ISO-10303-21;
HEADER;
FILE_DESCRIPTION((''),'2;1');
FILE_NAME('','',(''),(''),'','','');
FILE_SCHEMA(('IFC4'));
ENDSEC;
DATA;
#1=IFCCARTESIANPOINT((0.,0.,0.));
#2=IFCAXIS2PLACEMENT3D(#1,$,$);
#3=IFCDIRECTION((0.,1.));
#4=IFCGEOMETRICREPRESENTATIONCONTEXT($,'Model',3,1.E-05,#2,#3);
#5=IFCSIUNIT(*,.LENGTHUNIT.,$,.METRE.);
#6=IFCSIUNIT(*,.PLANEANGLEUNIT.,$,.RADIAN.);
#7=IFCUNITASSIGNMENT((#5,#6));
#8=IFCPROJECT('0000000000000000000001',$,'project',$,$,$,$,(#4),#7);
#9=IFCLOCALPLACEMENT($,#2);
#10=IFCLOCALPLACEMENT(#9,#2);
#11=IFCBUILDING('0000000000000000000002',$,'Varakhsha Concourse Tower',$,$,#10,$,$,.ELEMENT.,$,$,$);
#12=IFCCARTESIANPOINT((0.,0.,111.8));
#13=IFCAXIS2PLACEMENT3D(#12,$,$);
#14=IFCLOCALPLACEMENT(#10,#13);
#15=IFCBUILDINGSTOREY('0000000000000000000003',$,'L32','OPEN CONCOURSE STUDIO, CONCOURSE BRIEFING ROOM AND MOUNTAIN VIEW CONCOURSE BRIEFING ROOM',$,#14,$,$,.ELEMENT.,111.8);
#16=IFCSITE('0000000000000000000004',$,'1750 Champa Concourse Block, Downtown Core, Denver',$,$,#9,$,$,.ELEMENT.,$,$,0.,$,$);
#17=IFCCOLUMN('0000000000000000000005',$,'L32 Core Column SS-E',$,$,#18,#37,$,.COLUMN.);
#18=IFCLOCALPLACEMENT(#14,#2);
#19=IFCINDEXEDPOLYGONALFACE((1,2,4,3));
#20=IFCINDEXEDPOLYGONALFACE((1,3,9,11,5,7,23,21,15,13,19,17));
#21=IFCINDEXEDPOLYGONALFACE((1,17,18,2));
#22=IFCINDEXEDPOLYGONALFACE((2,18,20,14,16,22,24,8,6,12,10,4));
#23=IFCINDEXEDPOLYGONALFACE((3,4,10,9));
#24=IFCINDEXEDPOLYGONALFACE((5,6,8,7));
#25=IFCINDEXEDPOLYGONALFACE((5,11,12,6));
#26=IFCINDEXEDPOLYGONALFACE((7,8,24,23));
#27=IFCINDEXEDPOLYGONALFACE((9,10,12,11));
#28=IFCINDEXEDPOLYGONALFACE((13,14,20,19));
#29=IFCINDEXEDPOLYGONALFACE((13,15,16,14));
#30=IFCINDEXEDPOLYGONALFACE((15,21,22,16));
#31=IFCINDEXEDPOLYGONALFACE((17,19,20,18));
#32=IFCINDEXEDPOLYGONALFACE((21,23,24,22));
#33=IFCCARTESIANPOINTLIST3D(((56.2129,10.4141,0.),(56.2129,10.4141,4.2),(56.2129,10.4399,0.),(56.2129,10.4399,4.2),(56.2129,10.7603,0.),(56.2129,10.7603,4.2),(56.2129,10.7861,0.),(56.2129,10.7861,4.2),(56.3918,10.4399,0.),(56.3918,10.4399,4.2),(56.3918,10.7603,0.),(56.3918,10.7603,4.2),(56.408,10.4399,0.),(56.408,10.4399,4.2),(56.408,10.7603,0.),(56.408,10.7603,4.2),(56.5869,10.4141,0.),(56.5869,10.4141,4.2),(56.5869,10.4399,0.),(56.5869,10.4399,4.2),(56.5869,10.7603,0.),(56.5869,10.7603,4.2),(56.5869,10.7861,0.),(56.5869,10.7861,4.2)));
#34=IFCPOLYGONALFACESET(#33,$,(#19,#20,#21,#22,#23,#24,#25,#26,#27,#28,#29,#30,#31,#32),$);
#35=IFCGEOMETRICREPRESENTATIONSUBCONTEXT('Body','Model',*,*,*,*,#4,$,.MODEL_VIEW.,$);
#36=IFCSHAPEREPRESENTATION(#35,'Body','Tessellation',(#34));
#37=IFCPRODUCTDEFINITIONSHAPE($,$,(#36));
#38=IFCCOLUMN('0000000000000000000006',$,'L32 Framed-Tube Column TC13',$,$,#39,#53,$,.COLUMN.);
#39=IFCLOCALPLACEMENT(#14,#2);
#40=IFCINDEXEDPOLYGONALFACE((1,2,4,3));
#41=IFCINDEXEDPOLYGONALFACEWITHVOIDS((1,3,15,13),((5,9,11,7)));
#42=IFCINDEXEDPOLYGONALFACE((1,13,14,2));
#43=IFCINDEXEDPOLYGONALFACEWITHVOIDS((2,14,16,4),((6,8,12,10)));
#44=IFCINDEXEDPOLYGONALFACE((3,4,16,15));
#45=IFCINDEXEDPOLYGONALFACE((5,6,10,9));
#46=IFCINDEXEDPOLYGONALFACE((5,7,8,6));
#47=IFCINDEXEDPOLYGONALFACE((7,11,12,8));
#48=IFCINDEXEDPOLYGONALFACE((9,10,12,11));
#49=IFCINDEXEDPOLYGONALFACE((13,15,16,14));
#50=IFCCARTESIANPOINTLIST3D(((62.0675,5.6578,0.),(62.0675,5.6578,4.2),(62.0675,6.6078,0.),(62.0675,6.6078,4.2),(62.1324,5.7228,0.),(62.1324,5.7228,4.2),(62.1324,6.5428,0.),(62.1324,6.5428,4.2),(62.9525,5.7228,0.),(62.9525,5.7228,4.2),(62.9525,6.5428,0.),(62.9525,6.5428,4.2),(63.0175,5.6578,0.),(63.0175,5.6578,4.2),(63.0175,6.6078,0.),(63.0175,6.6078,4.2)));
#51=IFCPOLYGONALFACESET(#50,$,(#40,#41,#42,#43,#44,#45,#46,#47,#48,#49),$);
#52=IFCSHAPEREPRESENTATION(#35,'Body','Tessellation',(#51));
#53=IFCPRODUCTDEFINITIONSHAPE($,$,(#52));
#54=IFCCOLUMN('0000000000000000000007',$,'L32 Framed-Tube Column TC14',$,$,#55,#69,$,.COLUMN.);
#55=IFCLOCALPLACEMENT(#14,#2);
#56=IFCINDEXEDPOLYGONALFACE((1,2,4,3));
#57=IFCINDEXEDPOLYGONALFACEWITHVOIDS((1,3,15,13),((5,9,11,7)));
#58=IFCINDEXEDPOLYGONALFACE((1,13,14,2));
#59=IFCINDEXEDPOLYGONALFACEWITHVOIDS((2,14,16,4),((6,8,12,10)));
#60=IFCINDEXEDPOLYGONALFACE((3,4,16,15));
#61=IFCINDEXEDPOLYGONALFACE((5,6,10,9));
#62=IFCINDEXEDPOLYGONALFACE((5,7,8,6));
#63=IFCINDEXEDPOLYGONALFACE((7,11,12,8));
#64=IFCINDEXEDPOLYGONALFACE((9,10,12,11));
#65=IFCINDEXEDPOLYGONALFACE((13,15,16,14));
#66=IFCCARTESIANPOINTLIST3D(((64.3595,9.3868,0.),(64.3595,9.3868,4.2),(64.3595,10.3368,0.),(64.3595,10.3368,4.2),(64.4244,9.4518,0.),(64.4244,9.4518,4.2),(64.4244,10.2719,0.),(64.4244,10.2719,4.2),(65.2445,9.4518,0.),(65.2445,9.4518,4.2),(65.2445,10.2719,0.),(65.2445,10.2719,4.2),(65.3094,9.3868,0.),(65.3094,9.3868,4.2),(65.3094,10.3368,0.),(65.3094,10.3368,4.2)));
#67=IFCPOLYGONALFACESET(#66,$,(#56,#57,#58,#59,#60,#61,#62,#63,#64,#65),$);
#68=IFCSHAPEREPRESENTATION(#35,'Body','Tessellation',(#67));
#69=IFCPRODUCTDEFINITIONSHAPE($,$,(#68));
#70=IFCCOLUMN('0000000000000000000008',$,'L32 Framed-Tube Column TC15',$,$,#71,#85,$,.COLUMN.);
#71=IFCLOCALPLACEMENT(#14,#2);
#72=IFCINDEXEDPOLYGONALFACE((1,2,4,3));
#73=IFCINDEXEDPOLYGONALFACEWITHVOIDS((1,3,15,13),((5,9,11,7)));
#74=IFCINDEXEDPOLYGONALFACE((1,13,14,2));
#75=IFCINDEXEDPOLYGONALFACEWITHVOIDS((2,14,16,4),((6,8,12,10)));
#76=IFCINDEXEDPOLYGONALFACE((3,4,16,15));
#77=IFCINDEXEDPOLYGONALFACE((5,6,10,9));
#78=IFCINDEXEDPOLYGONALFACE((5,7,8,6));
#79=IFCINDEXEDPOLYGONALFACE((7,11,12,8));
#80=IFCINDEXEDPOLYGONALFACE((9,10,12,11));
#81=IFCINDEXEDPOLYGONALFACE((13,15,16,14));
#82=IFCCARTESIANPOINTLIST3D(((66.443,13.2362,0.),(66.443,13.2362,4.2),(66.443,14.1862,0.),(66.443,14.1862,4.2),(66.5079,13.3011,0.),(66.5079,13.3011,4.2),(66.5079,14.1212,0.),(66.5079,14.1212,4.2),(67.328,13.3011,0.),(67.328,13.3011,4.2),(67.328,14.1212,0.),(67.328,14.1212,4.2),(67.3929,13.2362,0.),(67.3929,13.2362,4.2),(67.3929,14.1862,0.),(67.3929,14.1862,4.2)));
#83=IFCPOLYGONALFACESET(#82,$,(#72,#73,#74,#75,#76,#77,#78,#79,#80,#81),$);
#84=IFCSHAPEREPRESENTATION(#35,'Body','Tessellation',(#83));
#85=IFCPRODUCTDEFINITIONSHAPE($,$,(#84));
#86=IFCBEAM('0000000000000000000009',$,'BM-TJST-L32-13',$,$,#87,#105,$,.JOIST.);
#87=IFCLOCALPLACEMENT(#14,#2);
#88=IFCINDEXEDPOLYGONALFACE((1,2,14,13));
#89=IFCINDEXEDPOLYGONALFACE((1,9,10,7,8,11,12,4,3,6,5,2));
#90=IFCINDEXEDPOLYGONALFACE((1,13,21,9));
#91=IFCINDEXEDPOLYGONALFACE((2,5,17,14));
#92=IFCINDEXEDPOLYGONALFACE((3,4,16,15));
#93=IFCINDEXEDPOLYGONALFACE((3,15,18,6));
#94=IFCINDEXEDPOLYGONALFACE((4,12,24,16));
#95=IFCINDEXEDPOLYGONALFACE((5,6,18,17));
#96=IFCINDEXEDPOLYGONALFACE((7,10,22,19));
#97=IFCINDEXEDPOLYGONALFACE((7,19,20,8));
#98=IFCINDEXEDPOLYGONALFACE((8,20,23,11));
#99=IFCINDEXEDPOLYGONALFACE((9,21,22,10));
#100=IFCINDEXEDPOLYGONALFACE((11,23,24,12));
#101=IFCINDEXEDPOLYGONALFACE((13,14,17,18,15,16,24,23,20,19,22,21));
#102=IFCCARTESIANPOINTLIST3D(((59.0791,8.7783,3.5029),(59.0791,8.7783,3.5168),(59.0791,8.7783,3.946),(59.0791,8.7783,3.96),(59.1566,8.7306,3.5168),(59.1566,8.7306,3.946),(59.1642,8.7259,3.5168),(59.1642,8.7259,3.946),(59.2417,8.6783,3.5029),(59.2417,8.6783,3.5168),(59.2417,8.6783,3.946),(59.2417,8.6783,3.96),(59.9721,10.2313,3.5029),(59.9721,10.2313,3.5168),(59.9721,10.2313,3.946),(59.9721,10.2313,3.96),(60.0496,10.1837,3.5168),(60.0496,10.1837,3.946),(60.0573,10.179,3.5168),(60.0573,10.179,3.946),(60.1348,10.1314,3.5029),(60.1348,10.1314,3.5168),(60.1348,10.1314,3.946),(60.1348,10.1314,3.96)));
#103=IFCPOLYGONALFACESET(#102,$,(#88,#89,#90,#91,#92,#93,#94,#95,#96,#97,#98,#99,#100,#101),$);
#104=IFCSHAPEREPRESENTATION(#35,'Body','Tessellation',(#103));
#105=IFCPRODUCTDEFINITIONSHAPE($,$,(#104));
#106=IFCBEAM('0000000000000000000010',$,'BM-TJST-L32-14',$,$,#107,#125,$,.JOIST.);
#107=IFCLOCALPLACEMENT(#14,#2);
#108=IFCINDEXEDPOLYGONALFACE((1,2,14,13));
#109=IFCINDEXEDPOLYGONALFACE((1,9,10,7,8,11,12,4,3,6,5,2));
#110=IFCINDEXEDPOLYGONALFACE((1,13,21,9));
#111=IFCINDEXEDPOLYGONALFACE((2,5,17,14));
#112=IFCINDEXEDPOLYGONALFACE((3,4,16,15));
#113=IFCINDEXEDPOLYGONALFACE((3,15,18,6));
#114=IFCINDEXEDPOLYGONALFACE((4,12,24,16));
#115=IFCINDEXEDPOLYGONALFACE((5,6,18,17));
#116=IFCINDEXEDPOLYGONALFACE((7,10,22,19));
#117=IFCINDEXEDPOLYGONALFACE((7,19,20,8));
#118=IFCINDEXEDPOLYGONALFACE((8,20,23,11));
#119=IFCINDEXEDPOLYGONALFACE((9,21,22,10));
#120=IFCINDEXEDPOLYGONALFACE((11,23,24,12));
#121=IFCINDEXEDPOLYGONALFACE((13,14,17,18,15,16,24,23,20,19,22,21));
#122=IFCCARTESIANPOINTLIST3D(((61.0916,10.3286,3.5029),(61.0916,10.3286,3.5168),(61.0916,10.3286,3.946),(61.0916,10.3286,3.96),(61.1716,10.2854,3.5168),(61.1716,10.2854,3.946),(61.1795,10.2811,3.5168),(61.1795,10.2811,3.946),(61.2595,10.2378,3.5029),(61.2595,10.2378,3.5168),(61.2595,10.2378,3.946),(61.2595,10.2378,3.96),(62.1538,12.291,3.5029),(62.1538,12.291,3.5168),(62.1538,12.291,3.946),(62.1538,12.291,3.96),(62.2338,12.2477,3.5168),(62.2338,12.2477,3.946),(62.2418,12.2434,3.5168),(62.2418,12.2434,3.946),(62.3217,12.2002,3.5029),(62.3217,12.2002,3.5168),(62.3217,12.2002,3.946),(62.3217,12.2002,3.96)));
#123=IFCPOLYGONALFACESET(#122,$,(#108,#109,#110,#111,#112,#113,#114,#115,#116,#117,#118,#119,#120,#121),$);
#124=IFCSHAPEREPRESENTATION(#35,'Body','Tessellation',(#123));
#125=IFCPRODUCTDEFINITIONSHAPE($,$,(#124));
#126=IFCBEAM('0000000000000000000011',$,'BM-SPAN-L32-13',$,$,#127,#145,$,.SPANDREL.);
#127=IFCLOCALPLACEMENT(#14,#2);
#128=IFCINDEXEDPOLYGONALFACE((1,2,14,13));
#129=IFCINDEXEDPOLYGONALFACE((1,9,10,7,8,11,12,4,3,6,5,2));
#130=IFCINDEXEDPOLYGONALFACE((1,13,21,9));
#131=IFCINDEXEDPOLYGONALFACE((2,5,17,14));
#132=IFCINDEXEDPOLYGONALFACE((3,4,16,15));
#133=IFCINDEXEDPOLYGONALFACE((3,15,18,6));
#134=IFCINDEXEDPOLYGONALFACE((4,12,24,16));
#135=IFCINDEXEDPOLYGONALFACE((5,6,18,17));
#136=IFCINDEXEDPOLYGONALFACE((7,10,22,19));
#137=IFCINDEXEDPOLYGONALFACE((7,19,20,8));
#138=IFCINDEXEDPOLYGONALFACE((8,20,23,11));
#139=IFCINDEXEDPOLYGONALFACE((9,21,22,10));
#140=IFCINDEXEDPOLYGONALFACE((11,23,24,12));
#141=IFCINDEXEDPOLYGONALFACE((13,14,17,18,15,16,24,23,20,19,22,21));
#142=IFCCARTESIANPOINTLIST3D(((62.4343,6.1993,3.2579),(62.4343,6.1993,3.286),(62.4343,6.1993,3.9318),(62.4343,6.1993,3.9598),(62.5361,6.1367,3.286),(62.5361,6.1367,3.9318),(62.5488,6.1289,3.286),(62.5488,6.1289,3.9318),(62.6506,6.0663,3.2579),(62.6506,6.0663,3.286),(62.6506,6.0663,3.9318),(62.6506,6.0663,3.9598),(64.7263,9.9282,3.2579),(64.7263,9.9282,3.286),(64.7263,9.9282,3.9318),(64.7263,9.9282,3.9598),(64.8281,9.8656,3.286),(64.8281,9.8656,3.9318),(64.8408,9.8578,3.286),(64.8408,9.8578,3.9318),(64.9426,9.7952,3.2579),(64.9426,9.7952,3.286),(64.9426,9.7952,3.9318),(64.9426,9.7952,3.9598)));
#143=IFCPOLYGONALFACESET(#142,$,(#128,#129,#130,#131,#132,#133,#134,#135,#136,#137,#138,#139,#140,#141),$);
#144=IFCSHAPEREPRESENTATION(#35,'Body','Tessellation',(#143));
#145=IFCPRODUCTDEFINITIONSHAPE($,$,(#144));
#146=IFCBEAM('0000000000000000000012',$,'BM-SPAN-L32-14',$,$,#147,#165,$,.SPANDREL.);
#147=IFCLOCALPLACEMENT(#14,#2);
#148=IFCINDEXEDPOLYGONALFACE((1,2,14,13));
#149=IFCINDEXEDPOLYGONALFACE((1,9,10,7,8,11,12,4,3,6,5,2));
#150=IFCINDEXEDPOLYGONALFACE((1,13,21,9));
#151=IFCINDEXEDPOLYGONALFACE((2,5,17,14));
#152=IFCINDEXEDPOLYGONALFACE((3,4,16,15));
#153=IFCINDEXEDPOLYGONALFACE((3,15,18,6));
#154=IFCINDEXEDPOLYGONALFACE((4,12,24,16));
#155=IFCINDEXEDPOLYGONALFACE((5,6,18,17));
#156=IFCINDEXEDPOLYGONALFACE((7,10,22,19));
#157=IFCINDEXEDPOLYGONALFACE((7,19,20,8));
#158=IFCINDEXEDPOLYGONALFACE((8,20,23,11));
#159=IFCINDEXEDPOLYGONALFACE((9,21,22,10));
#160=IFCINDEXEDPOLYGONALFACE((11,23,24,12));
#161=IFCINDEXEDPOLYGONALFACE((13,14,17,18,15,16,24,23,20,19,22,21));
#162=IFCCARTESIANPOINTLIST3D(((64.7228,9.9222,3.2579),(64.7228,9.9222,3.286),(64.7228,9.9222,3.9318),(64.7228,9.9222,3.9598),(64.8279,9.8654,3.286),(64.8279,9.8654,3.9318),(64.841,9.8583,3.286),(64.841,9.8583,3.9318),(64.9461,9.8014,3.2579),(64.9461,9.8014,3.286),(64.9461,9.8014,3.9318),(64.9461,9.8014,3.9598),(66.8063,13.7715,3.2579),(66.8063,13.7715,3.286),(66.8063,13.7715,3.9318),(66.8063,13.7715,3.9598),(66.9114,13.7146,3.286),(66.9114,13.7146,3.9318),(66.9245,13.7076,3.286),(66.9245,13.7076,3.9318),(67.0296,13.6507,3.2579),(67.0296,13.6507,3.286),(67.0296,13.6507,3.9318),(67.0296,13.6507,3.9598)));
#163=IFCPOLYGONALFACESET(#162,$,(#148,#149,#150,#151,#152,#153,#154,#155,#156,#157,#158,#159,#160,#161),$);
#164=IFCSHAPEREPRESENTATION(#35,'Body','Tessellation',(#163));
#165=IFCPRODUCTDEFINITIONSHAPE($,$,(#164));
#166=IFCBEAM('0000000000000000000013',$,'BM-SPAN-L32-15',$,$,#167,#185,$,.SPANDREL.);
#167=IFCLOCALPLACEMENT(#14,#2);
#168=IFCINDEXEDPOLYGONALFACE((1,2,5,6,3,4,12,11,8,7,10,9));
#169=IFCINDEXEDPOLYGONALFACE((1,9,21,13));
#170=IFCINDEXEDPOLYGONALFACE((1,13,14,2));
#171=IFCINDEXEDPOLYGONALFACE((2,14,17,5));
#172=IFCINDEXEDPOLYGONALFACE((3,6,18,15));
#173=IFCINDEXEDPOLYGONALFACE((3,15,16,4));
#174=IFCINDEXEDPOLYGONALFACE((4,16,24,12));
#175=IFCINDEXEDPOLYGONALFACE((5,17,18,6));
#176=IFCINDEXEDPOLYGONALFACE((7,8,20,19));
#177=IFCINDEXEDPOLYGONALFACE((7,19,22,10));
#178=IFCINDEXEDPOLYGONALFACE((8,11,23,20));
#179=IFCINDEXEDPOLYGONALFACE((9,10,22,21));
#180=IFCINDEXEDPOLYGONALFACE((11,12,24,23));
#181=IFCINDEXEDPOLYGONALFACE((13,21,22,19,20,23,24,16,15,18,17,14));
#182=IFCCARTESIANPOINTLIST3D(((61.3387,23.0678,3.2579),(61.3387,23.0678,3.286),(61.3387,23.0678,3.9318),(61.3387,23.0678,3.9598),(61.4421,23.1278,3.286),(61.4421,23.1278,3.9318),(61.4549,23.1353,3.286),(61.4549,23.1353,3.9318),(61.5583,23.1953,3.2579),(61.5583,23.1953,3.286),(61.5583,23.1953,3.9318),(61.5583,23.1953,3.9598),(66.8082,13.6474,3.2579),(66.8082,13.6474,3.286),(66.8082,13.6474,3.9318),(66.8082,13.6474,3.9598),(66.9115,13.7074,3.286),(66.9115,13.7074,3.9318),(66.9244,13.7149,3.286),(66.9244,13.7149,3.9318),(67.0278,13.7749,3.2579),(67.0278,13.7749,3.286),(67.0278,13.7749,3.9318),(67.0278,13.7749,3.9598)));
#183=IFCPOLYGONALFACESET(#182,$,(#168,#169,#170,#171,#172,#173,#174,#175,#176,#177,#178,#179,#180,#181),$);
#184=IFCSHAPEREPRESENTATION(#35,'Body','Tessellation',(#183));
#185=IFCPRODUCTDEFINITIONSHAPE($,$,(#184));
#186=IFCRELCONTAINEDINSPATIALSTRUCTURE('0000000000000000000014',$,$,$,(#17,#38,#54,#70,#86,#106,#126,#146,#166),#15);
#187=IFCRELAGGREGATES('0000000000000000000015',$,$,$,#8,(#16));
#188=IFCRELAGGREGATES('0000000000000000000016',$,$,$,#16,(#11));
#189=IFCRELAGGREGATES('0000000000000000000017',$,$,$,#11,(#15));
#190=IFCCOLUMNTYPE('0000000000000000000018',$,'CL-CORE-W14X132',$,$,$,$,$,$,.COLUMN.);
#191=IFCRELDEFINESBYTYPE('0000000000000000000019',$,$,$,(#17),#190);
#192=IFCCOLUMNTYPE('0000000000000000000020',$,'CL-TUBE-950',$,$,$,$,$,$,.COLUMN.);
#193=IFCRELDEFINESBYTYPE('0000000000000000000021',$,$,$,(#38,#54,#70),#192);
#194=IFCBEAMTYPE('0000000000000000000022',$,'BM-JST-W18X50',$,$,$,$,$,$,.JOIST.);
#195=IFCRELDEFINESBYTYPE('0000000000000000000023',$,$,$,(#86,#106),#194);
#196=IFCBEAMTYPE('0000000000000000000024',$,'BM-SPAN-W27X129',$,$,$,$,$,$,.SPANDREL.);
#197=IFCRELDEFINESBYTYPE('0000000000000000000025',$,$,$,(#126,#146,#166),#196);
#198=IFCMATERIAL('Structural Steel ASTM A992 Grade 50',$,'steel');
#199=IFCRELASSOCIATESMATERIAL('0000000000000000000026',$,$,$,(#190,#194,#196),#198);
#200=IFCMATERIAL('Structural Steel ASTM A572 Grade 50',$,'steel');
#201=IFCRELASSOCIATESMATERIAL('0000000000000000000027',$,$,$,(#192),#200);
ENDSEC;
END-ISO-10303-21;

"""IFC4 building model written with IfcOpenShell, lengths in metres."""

from ifc_helpers import new_model, si_unit, direction, frame, origin, origin_2d, place, context, subcontext, project, spatial, hollow_rectangle, i_section, extrude, material, material_profile, profile_set, type_object, element, save


model = new_model("IFC4")

# Units and contexts
model_context = context("Model", 3, precision=1e-05, world=origin(), true_north=direction((0.0, 1.0)))
body_context = subcontext(model_context, "Body", "Model", "MODEL_VIEW")
ifc_project = project(units=[si_unit("LENGTHUNIT", "METRE"), si_unit("PLANEANGLEUNIT", "RADIAN")], contexts=[model_context])

# Site, building, storey
site_placement = place(None, origin())
site = spatial("IfcSite", under=ifc_project, at=site_placement, Name="1750 Champa Concourse Block, Downtown Core, Denver", CompositionType="ELEMENT", RefElevation=0.0)
building_placement = place(site_placement, origin())
building = spatial("IfcBuilding", under=site, at=building_placement, Name="Varakhsha Concourse Tower", CompositionType="ELEMENT")
storey_placement = place(building_placement, frame((0.0, 0.0, 111.8)))
storey = spatial("IfcBuildingStorey", under=building, at=storey_placement, Name="L32", Description="OPEN CONCOURSE STUDIO, CONCOURSE BRIEFING ROOM AND MOUNTAIN VIEW CONCOURSE BRIEFING ROOM", CompositionType="ELEMENT", Elevation=111.8)

# Columns
ifc_material_1 = material(Name="Structural Steel ASTM A992 Grade 50", Category="steel")
ifc_material_profile_1 = material_profile(ifc_material_1, i_section(OverallWidth=0.374, OverallDepth=0.3721, WebThickness=0.0161, FlangeThickness=0.0259, at=origin_2d()), Name="W14X132")
ifc_profile_set_1 = profile_set([ifc_material_profile_1], Name="Structural Steel ASTM A992 Grade 50")
column_type_1 = type_object("IfcColumnType", Name="CL-CORE-W14X132", PredefinedType="COLUMN", material=ifc_profile_set_1)
column_placement = place(storey_placement, frame((56.3999, 10.6001, 0.0), z_axis=(0.0, 0.0, 1.0), x_axis=(1.0, 0.0, 0.0)))
element("IfcColumn", 1, at=column_placement, inside=storey, type_object=column_type_1, Name="L32 Core Column SS-E", PredefinedType="COLUMN", context=body_context, shape_type="SweptSolid", body=[
    extrude(i_section(OverallWidth=0.374, OverallDepth=0.3721, WebThickness=0.0161, FlangeThickness=0.0259, at=origin_2d()), origin(), (0.0, 0.0, 1.0), 4.2),
])
ifc_material_2 = material(Name="Structural Steel ASTM A572 Grade 50", Category="steel")
ifc_material_profile_2 = material_profile(ifc_material_2, hollow_rectangle(XDim=0.95, YDim=0.95, WallThickness=0.0649, at=origin_2d()), Name="BOX 950x950x65")
ifc_profile_set_2 = profile_set([ifc_material_profile_2], Name="Structural Steel ASTM A572 Grade 50")
column_type_2 = type_object("IfcColumnType", Name="CL-TUBE-950", PredefinedType="COLUMN", material=ifc_profile_set_2)
for number, where, z_axis, x_axis, name in (
    (2, (62.5425, 6.1328, 0.0), (0.0, 0.0, 1.0), (1.0, 0.0, 0.0), "L32 Framed-Tube Column TC13"),
    (3, (64.8345, 9.8618, 0.0), (0.0, 0.0, 1.0), (1.0, 0.0, 0.0), "L32 Framed-Tube Column TC14"),
    (4, (66.918, 13.7112, 0.0), (0.0, 0.0, 1.0), (1.0, 0.0, 0.0), "L32 Framed-Tube Column TC15"),
):
    element("IfcColumn", number, at=place(storey_placement, frame(where, z_axis=z_axis, x_axis=x_axis)), inside=storey, type_object=column_type_2, Name=name, PredefinedType="COLUMN", context=body_context, shape_type="SweptSolid", body=[
        extrude(hollow_rectangle(XDim=0.95, YDim=0.95, WallThickness=0.0649, at=origin_2d()), origin(), (0.0, 0.0, 1.0), 4.2),
    ])

# Beams
ifc_material_profile_3 = material_profile(ifc_material_1, i_section(OverallWidth=0.1909, OverallDepth=0.457, WebThickness=0.009, FlangeThickness=0.0139, at=origin_2d()), Name="W18X50")
ifc_profile_set_3 = profile_set([ifc_material_profile_3], Name="Structural Steel ASTM A992 Grade 50")
beam_type_1 = type_object("IfcBeamType", Name="BM-JST-W18X50", PredefinedType="JOIST", material=ifc_profile_set_3)
beam_1_placement = place(storey_placement, frame((59.1604, 8.7283, 3.7314), z_axis=(0.523602, 0.851963, 0.0), x_axis=(-0.851963, 0.523602, 0.0)))
element("IfcBeam", 5, at=beam_1_placement, inside=storey, type_object=beam_type_1, Name="BM-TJST-L32-13", PredefinedType="JOIST", context=body_context, shape_type="SweptSolid", body=[
    extrude(i_section(OverallWidth=0.1909, OverallDepth=0.457, WebThickness=0.009, FlangeThickness=0.0139, at=origin_2d()), origin(), (0.0, 0.0, 1.0), 1.7056),
])
beam_2_placement = place(storey_placement, frame((61.1755, 10.2832, 3.7314), z_axis=(0.476036, 0.879426, 0.0), x_axis=(-0.879426, 0.476036, 0.0)))
element("IfcBeam", 6, at=beam_2_placement, inside=storey, type_object=beam_type_1, Name="BM-TJST-L32-14", PredefinedType="JOIST", context=body_context, shape_type="SweptSolid", body=[
    extrude(i_section(OverallWidth=0.1909, OverallDepth=0.457, WebThickness=0.009, FlangeThickness=0.0139, at=origin_2d()), origin(), (0.0, 0.0, 1.0), 2.2314),
])
ifc_material_profile_4 = material_profile(ifc_material_1, i_section(OverallWidth=0.2539, OverallDepth=0.7019, WebThickness=0.0149, FlangeThickness=0.0281, at=origin_2d()), Name="W27X129")
ifc_profile_set_4 = profile_set([ifc_material_profile_4], Name="Structural Steel ASTM A992 Grade 50")
beam_type_2 = type_object("IfcBeamType", Name="BM-SPAN-W27X129", PredefinedType="SPANDREL", material=ifc_profile_set_4)
for number, where, z_axis, x_axis, name in (
    (7, (62.5425, 6.1328, 3.6089), (0.523637, 0.851942, 0.0), (-0.851942, 0.523637, 0.0), "BM-SPAN-L32-13"),
    (8, (64.8345, 9.8618, 3.6089), (0.476005, 0.879443, 0.0), (-0.879443, 0.476005, 0.0), "BM-SPAN-L32-14"),
):
    element("IfcBeam", number, at=place(storey_placement, frame(where, z_axis=z_axis, x_axis=x_axis)), inside=storey, type_object=beam_type_2, Name=name, PredefinedType="SPANDREL", context=body_context, shape_type="SweptSolid", body=[
        extrude(i_section(OverallWidth=0.2539, OverallDepth=0.7019, WebThickness=0.0149, FlangeThickness=0.0281, at=origin_2d()), origin(), (0.0, 0.0, 1.0), 4.377),
    ])
beam_3_placement = place(storey_placement, frame((66.918, 13.7112, 3.6089), z_axis=(-0.502106, 0.864806, 0.0), x_axis=(-0.864806, -0.502106, 0.0)))
element("IfcBeam", 9, at=beam_3_placement, inside=storey, type_object=beam_type_2, Name="BM-SPAN-L32-15", PredefinedType="SPANDREL", context=body_context, shape_type="SweptSolid", body=[
    extrude(i_section(OverallWidth=0.2539, OverallDepth=0.7019, WebThickness=0.0149, FlangeThickness=0.0281, at=origin_2d()), origin(), (0.0, 0.0, 1.0), 10.8931),
])

save(model, "model.ifc")
